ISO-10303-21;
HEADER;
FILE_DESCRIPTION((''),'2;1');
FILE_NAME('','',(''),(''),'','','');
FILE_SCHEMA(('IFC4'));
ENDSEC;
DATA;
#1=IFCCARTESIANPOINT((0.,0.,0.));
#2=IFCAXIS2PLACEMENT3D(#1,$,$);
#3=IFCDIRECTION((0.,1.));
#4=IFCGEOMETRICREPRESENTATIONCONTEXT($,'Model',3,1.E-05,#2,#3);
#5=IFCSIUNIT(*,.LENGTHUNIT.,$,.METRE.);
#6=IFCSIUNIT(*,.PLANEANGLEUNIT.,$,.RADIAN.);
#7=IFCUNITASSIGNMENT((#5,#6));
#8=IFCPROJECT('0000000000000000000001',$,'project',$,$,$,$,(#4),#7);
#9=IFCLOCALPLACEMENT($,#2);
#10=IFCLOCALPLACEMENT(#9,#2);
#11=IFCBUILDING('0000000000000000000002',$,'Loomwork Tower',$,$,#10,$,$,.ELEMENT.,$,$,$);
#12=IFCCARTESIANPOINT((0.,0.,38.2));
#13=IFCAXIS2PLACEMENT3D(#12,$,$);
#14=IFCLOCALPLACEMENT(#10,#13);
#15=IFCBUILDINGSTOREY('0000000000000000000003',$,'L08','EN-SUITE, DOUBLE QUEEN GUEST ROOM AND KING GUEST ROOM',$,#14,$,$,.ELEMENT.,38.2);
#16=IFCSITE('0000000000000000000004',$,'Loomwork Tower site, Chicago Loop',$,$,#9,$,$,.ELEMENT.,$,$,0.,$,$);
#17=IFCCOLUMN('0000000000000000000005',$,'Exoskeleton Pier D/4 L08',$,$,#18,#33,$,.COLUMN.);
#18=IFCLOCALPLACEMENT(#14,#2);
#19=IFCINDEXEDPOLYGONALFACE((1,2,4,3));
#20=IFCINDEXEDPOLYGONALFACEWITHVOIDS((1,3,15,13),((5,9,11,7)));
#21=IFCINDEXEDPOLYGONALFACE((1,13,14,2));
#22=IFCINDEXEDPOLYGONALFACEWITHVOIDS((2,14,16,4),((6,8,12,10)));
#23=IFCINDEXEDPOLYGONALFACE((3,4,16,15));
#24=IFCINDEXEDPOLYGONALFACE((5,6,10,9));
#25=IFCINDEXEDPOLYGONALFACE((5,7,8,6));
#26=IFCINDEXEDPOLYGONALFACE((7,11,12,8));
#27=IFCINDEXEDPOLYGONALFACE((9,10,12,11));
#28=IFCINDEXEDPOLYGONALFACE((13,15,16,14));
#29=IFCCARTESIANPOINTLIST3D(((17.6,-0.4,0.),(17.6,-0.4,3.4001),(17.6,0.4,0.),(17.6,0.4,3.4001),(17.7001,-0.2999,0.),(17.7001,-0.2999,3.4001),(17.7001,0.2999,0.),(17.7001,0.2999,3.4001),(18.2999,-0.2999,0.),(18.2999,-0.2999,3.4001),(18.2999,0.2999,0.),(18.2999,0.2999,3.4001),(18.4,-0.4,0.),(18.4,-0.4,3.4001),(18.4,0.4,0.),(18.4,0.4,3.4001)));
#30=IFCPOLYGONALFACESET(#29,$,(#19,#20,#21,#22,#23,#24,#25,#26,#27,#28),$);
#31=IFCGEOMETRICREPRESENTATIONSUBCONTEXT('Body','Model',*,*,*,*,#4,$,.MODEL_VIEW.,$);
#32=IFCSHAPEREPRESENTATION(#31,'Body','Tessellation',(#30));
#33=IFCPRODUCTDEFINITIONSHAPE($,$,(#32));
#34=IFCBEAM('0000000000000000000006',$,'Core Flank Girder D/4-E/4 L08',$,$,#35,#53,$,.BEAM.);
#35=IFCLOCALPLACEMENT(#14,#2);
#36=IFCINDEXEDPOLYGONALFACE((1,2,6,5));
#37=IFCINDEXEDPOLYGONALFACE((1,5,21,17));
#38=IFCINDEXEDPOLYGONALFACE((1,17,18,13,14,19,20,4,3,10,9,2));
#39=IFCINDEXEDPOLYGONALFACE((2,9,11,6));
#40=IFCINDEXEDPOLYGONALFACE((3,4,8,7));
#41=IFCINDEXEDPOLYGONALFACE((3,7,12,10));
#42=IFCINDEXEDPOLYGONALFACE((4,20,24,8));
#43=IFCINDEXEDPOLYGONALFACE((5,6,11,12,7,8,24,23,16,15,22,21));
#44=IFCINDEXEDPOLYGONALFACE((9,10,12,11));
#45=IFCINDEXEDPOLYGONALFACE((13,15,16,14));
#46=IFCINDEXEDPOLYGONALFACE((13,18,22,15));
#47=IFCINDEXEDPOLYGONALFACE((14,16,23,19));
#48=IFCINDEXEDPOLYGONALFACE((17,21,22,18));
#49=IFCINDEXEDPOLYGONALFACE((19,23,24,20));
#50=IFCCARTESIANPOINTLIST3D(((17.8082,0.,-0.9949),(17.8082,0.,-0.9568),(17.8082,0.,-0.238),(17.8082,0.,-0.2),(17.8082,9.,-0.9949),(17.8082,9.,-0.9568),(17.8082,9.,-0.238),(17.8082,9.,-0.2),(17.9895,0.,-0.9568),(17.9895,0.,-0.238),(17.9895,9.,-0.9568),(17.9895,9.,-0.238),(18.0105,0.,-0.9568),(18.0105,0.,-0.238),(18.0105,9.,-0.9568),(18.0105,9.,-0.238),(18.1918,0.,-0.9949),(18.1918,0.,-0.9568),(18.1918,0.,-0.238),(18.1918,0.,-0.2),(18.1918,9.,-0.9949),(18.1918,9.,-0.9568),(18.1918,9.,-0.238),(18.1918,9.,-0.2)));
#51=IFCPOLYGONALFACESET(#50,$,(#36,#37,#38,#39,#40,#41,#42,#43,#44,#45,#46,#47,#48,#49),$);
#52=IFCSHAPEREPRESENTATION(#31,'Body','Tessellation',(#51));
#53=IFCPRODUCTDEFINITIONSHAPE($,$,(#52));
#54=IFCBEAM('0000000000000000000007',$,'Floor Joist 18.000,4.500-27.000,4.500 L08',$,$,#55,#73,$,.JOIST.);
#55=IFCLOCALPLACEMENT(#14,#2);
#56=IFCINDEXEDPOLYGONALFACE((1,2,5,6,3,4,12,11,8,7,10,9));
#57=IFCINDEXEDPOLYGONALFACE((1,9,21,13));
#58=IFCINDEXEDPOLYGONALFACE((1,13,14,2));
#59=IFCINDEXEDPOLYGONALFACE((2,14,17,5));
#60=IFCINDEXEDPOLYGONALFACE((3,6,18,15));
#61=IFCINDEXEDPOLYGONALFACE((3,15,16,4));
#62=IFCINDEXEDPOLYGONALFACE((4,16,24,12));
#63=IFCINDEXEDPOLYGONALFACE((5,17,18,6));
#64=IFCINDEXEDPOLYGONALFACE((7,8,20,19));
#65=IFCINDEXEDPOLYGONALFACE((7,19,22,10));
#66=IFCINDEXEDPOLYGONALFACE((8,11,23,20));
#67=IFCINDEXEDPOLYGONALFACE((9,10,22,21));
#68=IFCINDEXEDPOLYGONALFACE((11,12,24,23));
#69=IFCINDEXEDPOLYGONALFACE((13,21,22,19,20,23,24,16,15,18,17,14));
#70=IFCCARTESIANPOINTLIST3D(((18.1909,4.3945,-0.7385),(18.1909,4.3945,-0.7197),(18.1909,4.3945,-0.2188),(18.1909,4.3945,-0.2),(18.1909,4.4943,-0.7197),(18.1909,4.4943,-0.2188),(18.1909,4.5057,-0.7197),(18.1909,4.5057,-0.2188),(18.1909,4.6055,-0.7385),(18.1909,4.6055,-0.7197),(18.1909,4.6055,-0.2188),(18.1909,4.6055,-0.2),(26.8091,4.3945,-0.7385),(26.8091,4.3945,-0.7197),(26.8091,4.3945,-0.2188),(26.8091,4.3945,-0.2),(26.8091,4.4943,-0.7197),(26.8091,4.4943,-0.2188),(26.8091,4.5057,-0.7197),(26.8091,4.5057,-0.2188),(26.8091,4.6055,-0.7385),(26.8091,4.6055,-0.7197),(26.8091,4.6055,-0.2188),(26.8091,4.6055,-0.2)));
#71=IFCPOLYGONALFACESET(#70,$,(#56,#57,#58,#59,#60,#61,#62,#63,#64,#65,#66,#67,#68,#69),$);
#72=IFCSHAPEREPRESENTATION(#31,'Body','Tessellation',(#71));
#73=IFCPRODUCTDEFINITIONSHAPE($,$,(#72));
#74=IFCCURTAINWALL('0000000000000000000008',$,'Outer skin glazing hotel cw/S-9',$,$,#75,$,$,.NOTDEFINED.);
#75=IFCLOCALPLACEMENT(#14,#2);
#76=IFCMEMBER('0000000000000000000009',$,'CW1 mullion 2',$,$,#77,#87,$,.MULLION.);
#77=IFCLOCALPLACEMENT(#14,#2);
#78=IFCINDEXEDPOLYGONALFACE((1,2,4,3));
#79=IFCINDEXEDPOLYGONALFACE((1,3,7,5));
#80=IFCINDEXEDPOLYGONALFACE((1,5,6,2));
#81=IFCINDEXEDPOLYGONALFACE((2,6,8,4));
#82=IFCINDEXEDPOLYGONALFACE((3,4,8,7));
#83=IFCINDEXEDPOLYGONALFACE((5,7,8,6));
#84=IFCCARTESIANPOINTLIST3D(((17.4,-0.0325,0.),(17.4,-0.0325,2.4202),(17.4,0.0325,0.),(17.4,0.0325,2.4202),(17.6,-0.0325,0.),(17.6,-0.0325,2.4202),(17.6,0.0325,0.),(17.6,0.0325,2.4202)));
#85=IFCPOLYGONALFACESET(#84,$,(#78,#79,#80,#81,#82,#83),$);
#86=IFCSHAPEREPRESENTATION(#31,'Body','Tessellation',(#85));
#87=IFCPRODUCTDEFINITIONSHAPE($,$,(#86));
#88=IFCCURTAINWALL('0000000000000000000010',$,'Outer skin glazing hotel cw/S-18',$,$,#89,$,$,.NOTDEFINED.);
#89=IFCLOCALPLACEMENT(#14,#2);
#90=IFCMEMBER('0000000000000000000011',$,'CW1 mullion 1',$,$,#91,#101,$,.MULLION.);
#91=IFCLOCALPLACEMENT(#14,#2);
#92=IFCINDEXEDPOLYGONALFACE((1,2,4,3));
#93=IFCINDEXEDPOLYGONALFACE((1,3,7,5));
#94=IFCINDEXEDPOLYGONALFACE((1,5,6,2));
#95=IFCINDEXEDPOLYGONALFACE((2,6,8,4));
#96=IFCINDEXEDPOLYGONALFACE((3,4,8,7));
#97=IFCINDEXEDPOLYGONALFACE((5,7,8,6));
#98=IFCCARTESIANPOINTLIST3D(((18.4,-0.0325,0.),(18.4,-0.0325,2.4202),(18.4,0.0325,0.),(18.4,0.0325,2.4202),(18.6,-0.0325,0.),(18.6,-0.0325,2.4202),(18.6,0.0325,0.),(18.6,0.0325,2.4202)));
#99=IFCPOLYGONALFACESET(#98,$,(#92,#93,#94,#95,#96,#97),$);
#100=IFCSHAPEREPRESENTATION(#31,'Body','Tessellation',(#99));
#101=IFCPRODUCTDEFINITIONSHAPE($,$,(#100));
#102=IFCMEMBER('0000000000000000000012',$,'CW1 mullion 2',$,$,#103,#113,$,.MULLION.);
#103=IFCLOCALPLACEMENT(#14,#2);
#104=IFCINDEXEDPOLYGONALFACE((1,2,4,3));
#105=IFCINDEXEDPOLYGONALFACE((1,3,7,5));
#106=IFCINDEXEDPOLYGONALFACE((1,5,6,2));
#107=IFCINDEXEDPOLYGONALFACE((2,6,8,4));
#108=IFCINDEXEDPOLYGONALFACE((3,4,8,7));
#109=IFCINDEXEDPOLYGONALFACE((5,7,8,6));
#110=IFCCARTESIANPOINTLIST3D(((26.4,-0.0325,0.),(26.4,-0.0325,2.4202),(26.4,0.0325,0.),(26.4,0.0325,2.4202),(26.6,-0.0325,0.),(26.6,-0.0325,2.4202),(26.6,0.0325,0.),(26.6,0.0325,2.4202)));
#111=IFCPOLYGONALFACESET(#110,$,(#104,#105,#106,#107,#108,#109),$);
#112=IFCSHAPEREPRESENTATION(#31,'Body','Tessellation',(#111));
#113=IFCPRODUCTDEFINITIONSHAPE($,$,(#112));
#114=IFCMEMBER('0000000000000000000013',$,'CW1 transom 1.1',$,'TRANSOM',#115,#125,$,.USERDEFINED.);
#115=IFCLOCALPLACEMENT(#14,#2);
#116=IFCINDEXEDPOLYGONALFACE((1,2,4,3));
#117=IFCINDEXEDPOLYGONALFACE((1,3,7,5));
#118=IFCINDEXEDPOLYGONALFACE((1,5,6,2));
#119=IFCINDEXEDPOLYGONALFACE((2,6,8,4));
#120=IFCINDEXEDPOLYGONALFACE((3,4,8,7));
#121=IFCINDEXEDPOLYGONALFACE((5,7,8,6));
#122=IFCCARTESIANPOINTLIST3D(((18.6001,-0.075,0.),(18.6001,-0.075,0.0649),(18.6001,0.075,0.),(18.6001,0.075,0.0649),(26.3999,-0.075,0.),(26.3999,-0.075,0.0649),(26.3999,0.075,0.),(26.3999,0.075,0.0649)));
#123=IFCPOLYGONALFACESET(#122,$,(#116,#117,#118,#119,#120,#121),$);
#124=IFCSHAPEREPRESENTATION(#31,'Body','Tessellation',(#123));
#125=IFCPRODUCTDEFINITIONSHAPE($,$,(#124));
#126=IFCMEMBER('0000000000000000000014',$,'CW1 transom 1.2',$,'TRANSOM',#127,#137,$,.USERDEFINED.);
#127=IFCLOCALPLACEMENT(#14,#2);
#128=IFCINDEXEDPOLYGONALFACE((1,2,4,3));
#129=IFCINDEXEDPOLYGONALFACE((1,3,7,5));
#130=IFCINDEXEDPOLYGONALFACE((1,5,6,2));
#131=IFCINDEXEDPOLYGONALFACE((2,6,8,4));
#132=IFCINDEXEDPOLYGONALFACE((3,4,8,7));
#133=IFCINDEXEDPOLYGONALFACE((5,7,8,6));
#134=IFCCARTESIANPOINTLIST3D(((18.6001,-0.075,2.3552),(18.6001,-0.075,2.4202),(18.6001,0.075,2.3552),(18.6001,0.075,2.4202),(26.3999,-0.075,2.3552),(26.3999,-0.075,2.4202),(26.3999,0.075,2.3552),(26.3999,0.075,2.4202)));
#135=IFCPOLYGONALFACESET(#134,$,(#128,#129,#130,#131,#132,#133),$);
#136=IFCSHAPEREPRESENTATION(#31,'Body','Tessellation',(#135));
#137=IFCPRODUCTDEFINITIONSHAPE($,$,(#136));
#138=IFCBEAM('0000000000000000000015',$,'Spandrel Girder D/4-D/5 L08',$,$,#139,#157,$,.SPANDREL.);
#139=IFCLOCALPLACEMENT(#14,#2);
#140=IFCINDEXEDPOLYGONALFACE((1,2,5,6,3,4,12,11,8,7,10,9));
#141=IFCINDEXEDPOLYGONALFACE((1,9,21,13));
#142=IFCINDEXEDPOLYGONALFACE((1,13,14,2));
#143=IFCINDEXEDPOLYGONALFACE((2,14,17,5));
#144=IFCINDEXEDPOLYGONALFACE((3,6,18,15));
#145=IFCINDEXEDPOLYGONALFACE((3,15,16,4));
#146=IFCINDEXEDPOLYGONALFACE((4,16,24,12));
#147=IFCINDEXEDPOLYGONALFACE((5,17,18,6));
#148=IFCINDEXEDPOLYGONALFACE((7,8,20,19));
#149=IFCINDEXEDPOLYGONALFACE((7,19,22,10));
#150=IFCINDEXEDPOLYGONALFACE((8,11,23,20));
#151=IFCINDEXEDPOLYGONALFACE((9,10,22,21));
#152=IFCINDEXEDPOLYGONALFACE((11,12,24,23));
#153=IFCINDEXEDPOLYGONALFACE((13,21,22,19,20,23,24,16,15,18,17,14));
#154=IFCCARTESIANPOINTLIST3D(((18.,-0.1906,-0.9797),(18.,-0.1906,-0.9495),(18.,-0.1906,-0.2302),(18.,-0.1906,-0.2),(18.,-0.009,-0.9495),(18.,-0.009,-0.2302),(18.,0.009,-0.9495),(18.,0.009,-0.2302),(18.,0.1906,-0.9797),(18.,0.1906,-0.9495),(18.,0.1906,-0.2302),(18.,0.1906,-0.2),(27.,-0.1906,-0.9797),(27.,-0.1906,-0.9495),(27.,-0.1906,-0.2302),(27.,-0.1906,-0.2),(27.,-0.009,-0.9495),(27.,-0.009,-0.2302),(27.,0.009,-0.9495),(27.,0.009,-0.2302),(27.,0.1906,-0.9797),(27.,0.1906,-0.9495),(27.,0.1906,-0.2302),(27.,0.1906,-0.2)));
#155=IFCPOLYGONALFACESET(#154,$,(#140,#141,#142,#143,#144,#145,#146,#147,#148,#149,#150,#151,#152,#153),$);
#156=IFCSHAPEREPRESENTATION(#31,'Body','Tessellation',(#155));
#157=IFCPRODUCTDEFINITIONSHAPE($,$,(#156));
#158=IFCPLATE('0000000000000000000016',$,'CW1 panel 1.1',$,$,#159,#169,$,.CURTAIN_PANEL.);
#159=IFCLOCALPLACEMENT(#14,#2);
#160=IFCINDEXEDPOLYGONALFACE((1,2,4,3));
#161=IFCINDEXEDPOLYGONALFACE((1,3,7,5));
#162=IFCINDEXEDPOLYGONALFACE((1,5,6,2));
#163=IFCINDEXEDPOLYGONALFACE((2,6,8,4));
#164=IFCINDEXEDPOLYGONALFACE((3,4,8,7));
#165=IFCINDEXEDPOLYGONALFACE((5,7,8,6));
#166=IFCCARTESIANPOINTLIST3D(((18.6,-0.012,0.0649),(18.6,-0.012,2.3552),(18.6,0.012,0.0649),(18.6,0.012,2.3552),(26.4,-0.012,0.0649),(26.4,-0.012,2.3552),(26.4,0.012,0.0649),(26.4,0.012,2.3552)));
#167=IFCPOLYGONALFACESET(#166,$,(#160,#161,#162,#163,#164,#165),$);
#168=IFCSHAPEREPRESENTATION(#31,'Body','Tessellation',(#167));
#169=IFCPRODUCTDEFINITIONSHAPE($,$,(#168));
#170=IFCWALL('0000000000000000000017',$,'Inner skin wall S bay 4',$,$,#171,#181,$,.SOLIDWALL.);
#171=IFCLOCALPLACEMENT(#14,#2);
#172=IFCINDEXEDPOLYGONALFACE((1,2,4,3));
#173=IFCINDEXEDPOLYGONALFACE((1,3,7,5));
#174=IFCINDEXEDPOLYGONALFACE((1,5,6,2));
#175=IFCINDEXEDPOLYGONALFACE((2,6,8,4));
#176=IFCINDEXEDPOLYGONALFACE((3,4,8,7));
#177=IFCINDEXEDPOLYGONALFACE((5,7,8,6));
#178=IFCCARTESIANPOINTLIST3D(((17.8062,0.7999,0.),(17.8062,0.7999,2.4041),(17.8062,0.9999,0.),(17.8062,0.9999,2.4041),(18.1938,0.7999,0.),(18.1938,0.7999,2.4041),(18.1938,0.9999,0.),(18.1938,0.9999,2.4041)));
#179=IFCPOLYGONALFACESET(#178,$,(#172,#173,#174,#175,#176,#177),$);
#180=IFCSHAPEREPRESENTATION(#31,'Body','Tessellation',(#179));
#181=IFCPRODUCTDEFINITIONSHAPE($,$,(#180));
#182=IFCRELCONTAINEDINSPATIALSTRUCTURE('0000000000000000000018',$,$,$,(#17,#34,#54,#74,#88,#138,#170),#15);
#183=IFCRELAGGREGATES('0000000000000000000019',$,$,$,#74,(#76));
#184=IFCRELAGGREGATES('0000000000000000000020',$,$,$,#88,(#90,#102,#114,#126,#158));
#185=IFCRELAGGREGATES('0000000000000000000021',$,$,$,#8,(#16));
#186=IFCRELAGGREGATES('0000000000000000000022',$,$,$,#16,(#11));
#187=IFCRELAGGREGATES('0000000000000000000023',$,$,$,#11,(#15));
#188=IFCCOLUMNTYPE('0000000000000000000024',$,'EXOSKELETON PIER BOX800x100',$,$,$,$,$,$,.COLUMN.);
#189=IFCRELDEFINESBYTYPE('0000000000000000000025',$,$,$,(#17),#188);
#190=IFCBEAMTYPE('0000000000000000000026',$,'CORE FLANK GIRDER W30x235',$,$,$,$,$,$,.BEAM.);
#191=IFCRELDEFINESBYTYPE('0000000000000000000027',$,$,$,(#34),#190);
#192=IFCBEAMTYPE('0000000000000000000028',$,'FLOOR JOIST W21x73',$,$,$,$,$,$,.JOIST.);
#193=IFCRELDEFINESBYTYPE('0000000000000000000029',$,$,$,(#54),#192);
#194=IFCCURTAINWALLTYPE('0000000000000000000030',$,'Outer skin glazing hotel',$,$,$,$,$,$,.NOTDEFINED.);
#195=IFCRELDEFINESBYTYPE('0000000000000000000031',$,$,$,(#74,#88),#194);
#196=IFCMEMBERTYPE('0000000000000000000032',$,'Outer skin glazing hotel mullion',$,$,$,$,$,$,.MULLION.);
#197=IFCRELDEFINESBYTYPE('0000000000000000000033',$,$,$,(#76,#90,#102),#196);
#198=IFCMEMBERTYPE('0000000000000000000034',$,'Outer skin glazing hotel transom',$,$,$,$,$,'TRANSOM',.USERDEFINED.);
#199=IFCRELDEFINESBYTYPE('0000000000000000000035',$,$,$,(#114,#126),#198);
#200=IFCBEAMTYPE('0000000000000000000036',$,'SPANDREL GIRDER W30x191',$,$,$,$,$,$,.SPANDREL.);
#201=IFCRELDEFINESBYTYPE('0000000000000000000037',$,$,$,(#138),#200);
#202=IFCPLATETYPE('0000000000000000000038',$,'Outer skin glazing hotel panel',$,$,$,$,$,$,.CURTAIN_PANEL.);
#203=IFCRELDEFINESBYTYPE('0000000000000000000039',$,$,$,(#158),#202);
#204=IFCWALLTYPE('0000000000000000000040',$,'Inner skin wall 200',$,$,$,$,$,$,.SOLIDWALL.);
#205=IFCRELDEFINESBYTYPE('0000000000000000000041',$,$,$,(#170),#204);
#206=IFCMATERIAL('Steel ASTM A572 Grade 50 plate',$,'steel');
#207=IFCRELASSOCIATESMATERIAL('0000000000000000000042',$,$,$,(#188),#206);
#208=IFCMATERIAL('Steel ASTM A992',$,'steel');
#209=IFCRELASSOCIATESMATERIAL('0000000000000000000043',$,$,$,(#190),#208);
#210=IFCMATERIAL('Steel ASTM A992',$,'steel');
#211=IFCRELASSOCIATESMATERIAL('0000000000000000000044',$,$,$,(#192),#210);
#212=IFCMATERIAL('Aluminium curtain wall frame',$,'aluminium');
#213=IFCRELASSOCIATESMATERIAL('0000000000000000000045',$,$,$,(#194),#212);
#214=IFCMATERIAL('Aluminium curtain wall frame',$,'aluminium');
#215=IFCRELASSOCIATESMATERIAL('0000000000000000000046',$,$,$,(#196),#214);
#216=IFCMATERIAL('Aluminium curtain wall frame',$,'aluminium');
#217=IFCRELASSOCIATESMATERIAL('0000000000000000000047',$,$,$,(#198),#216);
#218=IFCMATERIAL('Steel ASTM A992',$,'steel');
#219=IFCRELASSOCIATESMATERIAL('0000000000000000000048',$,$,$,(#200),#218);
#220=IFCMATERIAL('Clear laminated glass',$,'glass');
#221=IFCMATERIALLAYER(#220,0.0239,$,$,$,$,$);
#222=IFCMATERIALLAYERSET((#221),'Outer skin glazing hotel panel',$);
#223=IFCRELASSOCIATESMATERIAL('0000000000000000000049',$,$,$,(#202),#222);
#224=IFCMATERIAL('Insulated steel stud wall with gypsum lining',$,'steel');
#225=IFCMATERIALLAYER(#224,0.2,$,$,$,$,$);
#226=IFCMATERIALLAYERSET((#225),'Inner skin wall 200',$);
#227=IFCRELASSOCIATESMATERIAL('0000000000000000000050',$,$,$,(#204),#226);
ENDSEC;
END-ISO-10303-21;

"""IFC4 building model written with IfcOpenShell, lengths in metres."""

from ifc_helpers import new_model, si_unit, direction, frame, frame_2d, origin, origin_2d, place, context, subcontext, project, spatial, rectangle, hollow_rectangle, i_section, extrude, material, layer, layer_set, material_profile, profile_set, type_object, element, aggregate, save


model = new_model("IFC4")

# Units and contexts
model_context = context("Model", 3, precision=1e-05, world=origin(), true_north=direction((0.0, 1.0)))
body_context = subcontext(model_context, "Body", "Model", "MODEL_VIEW")
ifc_project = project(units=[si_unit("LENGTHUNIT", "METRE"), si_unit("PLANEANGLEUNIT", "RADIAN")], contexts=[model_context])

# Site, building, storey
site_placement = place(None, origin())
site = spatial("IfcSite", under=ifc_project, at=site_placement, Name="Loomwork Tower site, Chicago Loop", CompositionType="ELEMENT", RefElevation=0.0)
building_placement = place(site_placement, origin())
building = spatial("IfcBuilding", under=site, at=building_placement, Name="Loomwork Tower", CompositionType="ELEMENT")
storey_placement = place(building_placement, frame((0.0, 0.0, 38.2)))
storey = spatial("IfcBuildingStorey", under=building, at=storey_placement, Name="L08", Description="EN-SUITE, DOUBLE QUEEN GUEST ROOM AND KING GUEST ROOM", CompositionType="ELEMENT", Elevation=38.2)

# Column
ifc_material_1 = material(Name="Steel ASTM A572 Grade 50 plate", Category="steel")
ifc_material_profile_1 = material_profile(ifc_material_1, hollow_rectangle(XDim=0.8, YDim=0.8, WallThickness=0.1001, at=origin_2d()), Name="BOX800x100")
ifc_profile_set_1 = profile_set([ifc_material_profile_1], Name="Steel ASTM A572 Grade 50 plate")
column_type = type_object("IfcColumnType", Name="EXOSKELETON PIER BOX800x100", PredefinedType="COLUMN", material=ifc_profile_set_1)
column_placement = place(storey_placement, frame((18.0, 0.0, 0.0), z_axis=(0.0, 0.0, 1.0), x_axis=(1.0, 0.0, 0.0)))
element("IfcColumn", 1, at=column_placement, inside=storey, type_object=column_type, Name="Exoskeleton Pier D/4 L08", PredefinedType="COLUMN", context=body_context, shape_type="SweptSolid", body=[
    extrude(hollow_rectangle(XDim=0.8, YDim=0.8, WallThickness=0.1001, at=origin_2d()), origin(), (0.0, 0.0, 1.0), 3.4001),
])

# Beams
ifc_material_2 = material(Name="Steel ASTM A992", Category="steel")
ifc_material_profile_2 = material_profile(ifc_material_2, i_section(OverallWidth=0.3835, OverallDepth=0.7949, WebThickness=0.021, FlangeThickness=0.0381, at=origin_2d()), Name="W30x235")
ifc_profile_set_2 = profile_set([ifc_material_profile_2], Name="Steel ASTM A992")
beam_type_1 = type_object("IfcBeamType", Name="CORE FLANK GIRDER W30x235", PredefinedType="BEAM", material=ifc_profile_set_2)
beam_1_placement = place(storey_placement, frame((18.0, 0.0, -0.5974), z_axis=(0.0, 1.0, 0.0), x_axis=(-1.0, 0.0, 0.0)))
element("IfcBeam", 2, at=beam_1_placement, inside=storey, type_object=beam_type_1, Name="Core Flank Girder D/4-E/4 L08", PredefinedType="BEAM", context=body_context, shape_type="SweptSolid", body=[
    extrude(i_section(OverallWidth=0.3835, OverallDepth=0.7949, WebThickness=0.021, FlangeThickness=0.0381, at=origin_2d()), origin(), (0.0, 0.0, 1.0), 9.0),
])
ifc_material_3 = material(Name="Steel ASTM A992", Category="steel")
ifc_material_profile_3 = material_profile(ifc_material_3, i_section(OverallWidth=0.2109, OverallDepth=0.5386, WebThickness=0.0115, FlangeThickness=0.0188, at=origin_2d()), Name="W21x73")
ifc_profile_set_3 = profile_set([ifc_material_profile_3], Name="Steel ASTM A992")
beam_type_2 = type_object("IfcBeamType", Name="FLOOR JOIST W21x73", PredefinedType="JOIST", material=ifc_profile_set_3)
beam_2_placement = place(storey_placement, frame((18.1909, 4.5, -0.4692), z_axis=(1.0, 0.0, 0.0), x_axis=(0.0, 1.0, 0.0)))
element("IfcBeam", 3, at=beam_2_placement, inside=storey, type_object=beam_type_2, Name="Floor Joist 18.000,4.500-27.000,4.500 L08", PredefinedType="JOIST", context=body_context, shape_type="SweptSolid", body=[
    extrude(i_section(OverallWidth=0.2109, OverallDepth=0.5386, WebThickness=0.0115, FlangeThickness=0.0188, at=origin_2d()), origin(), (0.0, 0.0, 1.0), 8.6182),
])

# Curtain wall, member
ifc_material_4 = material(Name="Aluminium curtain wall frame", Category="aluminium")
curtain_wall_type = type_object("IfcCurtainWallType", Name="Outer skin glazing hotel", PredefinedType="NOTDEFINED", material=ifc_material_4)
curtain_wall_1_placement = place(storey_placement, origin())
curtain_wall_1 = element("IfcCurtainWall", 4, at=curtain_wall_1_placement, inside=storey, type_object=curtain_wall_type, Name="Outer skin glazing hotel cw/S-9", PredefinedType="NOTDEFINED")
ifc_material_5 = material(Name="Aluminium curtain wall frame", Category="aluminium")
ifc_material_profile_4 = material_profile(ifc_material_5, rectangle(XDim=0.0649, YDim=0.2, at=origin_2d()), Name="AL 65x200")
ifc_profile_set_4 = profile_set([ifc_material_profile_4], Name="Aluminium curtain wall frame")
member_type_1 = type_object("IfcMemberType", Name="Outer skin glazing hotel mullion", PredefinedType="MULLION", material=ifc_profile_set_4)
member_1_placement = place(storey_placement, frame((17.5, 0.0, 0.0), z_axis=(0.0, 0.0, 1.0), x_axis=(0.0, 1.0, 0.0)))
member_1 = element("IfcMember", 5, at=member_1_placement, type_object=member_type_1, Name="CW1 mullion 2", PredefinedType="MULLION", context=body_context, shape_type="SweptSolid", body=[
    extrude(rectangle(XDim=0.0649, YDim=0.2, at=origin_2d()), origin(), (0.0, 0.0, 1.0), 2.4202),
])
aggregate(curtain_wall_1, [member_1])

# Curtain wall, members
curtain_wall_2_placement = place(storey_placement, origin())
curtain_wall_2 = element("IfcCurtainWall", 6, at=curtain_wall_2_placement, inside=storey, type_object=curtain_wall_type, Name="Outer skin glazing hotel cw/S-18", PredefinedType="NOTDEFINED")
member_2_placement = place(storey_placement, frame((18.5, 0.0, 0.0), z_axis=(0.0, 0.0, 1.0), x_axis=(0.0, 1.0, 0.0)))
member_2 = element("IfcMember", 7, at=member_2_placement, type_object=member_type_1, Name="CW1 mullion 1", PredefinedType="MULLION", context=body_context, shape_type="SweptSolid", body=[
    extrude(rectangle(XDim=0.0649, YDim=0.2, at=origin_2d()), origin(), (0.0, 0.0, 1.0), 2.4202),
])
member_3_placement = place(storey_placement, frame((26.5, 0.0, 0.0), z_axis=(0.0, 0.0, 1.0), x_axis=(0.0, 1.0, 0.0)))
member_3 = element("IfcMember", 8, at=member_3_placement, type_object=member_type_1, Name="CW1 mullion 2", PredefinedType="MULLION", context=body_context, shape_type="SweptSolid", body=[
    extrude(rectangle(XDim=0.0649, YDim=0.2, at=origin_2d()), origin(), (0.0, 0.0, 1.0), 2.4202),
])
ifc_material_6 = material(Name="Aluminium curtain wall frame", Category="aluminium")
ifc_material_profile_5 = material_profile(ifc_material_6, rectangle(XDim=0.1499, YDim=0.0649, at=origin_2d()), Name="AL 65x150")
ifc_profile_set_5 = profile_set([ifc_material_profile_5], Name="Aluminium curtain wall frame")
member_type_2 = type_object("IfcMemberType", Name="Outer skin glazing hotel transom", ElementType="TRANSOM", PredefinedType="USERDEFINED", material=ifc_profile_set_5)
member_4_placement = place(storey_placement, frame((18.6001, 0.0, 0.0325), z_axis=(1.0, 0.0, 0.0), x_axis=(0.0, 1.0, 0.0)))
member_4 = element("IfcMember", 9, at=member_4_placement, type_object=member_type_2, Name="CW1 transom 1.1", ObjectType="TRANSOM", PredefinedType="USERDEFINED", context=body_context, shape_type="SweptSolid", body=[
    extrude(rectangle(XDim=0.1499, YDim=0.0649, at=origin_2d()), origin(), (0.0, 0.0, 1.0), 7.7998),
])
member_5_placement = place(storey_placement, frame((18.6001, 0.0, 2.3877), z_axis=(1.0, 0.0, 0.0), x_axis=(0.0, 1.0, 0.0)))
member_5 = element("IfcMember", 10, at=member_5_placement, type_object=member_type_2, Name="CW1 transom 1.2", ObjectType="TRANSOM", PredefinedType="USERDEFINED", context=body_context, shape_type="SweptSolid", body=[
    extrude(rectangle(XDim=0.1499, YDim=0.0649, at=origin_2d()), origin(), (0.0, 0.0, 1.0), 7.7998),
])

# Beam
ifc_material_7 = material(Name="Steel ASTM A992", Category="steel")
ifc_material_profile_6 = material_profile(ifc_material_7, i_section(OverallWidth=0.3811, OverallDepth=0.7798, WebThickness=0.0181, FlangeThickness=0.0303, at=origin_2d()), Name="W30x191")
ifc_profile_set_6 = profile_set([ifc_material_profile_6], Name="Steel ASTM A992")
beam_type_3 = type_object("IfcBeamType", Name="SPANDREL GIRDER W30x191", PredefinedType="SPANDREL", material=ifc_profile_set_6)
beam_3_placement = place(storey_placement, frame((18.0, 0.0, -0.5898), z_axis=(1.0, 0.0, 0.0), x_axis=(0.0, 1.0, 0.0)))
element("IfcBeam", 11, at=beam_3_placement, inside=storey, type_object=beam_type_3, Name="Spandrel Girder D/4-D/5 L08", PredefinedType="SPANDREL", context=body_context, shape_type="SweptSolid", body=[
    extrude(i_section(OverallWidth=0.3811, OverallDepth=0.7798, WebThickness=0.0181, FlangeThickness=0.0303, at=origin_2d()), origin(), (0.0, 0.0, 1.0), 9.0),
])

# Plate
ifc_material_8 = material(Name="Clear laminated glass", Category="glass")
ifc_layer_1 = layer(ifc_material_8, 0.0239)
ifc_layer_set_1 = layer_set([ifc_layer_1], Name="Outer skin glazing hotel panel")
plate_type = type_object("IfcPlateType", Name="Outer skin glazing hotel panel", PredefinedType="CURTAIN_PANEL", material=ifc_layer_set_1)
plate_placement = place(storey_placement, frame((22.5, 0.0, 0.0649), z_axis=(0.0, 0.0, 1.0), x_axis=(1.0, 0.0, 0.0)))
plate = element("IfcPlate", 12, at=plate_placement, type_object=plate_type, Name="CW1 panel 1.1", PredefinedType="CURTAIN_PANEL", context=body_context, shape_type="SweptSolid", body=[
    extrude(rectangle(XDim=7.8, YDim=0.0239, at=origin_2d()), origin(), (0.0, 0.0, 1.0), 2.2903),
])
aggregate(curtain_wall_2, [member_2, member_3, member_4, member_5, plate])

# Wall
ifc_material_9 = material(Name="Insulated steel stud wall with gypsum lining", Category="steel")
ifc_layer_2 = layer(ifc_material_9, 0.2)
ifc_layer_set_2 = layer_set([ifc_layer_2], Name="Inner skin wall 200")
wall_type = type_object("IfcWallType", Name="Inner skin wall 200", PredefinedType="SOLIDWALL", material=ifc_layer_set_2)
wall_1_placement = place(storey_placement, frame((17.8062, 0.8999, 0.0), z_axis=(0.0, 0.0, 1.0), x_axis=(1.0, 0.0, 0.0)))
element("IfcWall", 13, at=wall_1_placement, inside=storey, type_object=wall_type, Name="Inner skin wall S bay 4", PredefinedType="SOLIDWALL", context=body_context, shape_type="SweptSolid", body=[
    extrude(rectangle(XDim=0.3877, YDim=0.2, at=frame_2d((0.1938, 0.0))), origin(), (0.0, 0.0, 1.0), 2.4041),
])

save(model, "model.ifc")
